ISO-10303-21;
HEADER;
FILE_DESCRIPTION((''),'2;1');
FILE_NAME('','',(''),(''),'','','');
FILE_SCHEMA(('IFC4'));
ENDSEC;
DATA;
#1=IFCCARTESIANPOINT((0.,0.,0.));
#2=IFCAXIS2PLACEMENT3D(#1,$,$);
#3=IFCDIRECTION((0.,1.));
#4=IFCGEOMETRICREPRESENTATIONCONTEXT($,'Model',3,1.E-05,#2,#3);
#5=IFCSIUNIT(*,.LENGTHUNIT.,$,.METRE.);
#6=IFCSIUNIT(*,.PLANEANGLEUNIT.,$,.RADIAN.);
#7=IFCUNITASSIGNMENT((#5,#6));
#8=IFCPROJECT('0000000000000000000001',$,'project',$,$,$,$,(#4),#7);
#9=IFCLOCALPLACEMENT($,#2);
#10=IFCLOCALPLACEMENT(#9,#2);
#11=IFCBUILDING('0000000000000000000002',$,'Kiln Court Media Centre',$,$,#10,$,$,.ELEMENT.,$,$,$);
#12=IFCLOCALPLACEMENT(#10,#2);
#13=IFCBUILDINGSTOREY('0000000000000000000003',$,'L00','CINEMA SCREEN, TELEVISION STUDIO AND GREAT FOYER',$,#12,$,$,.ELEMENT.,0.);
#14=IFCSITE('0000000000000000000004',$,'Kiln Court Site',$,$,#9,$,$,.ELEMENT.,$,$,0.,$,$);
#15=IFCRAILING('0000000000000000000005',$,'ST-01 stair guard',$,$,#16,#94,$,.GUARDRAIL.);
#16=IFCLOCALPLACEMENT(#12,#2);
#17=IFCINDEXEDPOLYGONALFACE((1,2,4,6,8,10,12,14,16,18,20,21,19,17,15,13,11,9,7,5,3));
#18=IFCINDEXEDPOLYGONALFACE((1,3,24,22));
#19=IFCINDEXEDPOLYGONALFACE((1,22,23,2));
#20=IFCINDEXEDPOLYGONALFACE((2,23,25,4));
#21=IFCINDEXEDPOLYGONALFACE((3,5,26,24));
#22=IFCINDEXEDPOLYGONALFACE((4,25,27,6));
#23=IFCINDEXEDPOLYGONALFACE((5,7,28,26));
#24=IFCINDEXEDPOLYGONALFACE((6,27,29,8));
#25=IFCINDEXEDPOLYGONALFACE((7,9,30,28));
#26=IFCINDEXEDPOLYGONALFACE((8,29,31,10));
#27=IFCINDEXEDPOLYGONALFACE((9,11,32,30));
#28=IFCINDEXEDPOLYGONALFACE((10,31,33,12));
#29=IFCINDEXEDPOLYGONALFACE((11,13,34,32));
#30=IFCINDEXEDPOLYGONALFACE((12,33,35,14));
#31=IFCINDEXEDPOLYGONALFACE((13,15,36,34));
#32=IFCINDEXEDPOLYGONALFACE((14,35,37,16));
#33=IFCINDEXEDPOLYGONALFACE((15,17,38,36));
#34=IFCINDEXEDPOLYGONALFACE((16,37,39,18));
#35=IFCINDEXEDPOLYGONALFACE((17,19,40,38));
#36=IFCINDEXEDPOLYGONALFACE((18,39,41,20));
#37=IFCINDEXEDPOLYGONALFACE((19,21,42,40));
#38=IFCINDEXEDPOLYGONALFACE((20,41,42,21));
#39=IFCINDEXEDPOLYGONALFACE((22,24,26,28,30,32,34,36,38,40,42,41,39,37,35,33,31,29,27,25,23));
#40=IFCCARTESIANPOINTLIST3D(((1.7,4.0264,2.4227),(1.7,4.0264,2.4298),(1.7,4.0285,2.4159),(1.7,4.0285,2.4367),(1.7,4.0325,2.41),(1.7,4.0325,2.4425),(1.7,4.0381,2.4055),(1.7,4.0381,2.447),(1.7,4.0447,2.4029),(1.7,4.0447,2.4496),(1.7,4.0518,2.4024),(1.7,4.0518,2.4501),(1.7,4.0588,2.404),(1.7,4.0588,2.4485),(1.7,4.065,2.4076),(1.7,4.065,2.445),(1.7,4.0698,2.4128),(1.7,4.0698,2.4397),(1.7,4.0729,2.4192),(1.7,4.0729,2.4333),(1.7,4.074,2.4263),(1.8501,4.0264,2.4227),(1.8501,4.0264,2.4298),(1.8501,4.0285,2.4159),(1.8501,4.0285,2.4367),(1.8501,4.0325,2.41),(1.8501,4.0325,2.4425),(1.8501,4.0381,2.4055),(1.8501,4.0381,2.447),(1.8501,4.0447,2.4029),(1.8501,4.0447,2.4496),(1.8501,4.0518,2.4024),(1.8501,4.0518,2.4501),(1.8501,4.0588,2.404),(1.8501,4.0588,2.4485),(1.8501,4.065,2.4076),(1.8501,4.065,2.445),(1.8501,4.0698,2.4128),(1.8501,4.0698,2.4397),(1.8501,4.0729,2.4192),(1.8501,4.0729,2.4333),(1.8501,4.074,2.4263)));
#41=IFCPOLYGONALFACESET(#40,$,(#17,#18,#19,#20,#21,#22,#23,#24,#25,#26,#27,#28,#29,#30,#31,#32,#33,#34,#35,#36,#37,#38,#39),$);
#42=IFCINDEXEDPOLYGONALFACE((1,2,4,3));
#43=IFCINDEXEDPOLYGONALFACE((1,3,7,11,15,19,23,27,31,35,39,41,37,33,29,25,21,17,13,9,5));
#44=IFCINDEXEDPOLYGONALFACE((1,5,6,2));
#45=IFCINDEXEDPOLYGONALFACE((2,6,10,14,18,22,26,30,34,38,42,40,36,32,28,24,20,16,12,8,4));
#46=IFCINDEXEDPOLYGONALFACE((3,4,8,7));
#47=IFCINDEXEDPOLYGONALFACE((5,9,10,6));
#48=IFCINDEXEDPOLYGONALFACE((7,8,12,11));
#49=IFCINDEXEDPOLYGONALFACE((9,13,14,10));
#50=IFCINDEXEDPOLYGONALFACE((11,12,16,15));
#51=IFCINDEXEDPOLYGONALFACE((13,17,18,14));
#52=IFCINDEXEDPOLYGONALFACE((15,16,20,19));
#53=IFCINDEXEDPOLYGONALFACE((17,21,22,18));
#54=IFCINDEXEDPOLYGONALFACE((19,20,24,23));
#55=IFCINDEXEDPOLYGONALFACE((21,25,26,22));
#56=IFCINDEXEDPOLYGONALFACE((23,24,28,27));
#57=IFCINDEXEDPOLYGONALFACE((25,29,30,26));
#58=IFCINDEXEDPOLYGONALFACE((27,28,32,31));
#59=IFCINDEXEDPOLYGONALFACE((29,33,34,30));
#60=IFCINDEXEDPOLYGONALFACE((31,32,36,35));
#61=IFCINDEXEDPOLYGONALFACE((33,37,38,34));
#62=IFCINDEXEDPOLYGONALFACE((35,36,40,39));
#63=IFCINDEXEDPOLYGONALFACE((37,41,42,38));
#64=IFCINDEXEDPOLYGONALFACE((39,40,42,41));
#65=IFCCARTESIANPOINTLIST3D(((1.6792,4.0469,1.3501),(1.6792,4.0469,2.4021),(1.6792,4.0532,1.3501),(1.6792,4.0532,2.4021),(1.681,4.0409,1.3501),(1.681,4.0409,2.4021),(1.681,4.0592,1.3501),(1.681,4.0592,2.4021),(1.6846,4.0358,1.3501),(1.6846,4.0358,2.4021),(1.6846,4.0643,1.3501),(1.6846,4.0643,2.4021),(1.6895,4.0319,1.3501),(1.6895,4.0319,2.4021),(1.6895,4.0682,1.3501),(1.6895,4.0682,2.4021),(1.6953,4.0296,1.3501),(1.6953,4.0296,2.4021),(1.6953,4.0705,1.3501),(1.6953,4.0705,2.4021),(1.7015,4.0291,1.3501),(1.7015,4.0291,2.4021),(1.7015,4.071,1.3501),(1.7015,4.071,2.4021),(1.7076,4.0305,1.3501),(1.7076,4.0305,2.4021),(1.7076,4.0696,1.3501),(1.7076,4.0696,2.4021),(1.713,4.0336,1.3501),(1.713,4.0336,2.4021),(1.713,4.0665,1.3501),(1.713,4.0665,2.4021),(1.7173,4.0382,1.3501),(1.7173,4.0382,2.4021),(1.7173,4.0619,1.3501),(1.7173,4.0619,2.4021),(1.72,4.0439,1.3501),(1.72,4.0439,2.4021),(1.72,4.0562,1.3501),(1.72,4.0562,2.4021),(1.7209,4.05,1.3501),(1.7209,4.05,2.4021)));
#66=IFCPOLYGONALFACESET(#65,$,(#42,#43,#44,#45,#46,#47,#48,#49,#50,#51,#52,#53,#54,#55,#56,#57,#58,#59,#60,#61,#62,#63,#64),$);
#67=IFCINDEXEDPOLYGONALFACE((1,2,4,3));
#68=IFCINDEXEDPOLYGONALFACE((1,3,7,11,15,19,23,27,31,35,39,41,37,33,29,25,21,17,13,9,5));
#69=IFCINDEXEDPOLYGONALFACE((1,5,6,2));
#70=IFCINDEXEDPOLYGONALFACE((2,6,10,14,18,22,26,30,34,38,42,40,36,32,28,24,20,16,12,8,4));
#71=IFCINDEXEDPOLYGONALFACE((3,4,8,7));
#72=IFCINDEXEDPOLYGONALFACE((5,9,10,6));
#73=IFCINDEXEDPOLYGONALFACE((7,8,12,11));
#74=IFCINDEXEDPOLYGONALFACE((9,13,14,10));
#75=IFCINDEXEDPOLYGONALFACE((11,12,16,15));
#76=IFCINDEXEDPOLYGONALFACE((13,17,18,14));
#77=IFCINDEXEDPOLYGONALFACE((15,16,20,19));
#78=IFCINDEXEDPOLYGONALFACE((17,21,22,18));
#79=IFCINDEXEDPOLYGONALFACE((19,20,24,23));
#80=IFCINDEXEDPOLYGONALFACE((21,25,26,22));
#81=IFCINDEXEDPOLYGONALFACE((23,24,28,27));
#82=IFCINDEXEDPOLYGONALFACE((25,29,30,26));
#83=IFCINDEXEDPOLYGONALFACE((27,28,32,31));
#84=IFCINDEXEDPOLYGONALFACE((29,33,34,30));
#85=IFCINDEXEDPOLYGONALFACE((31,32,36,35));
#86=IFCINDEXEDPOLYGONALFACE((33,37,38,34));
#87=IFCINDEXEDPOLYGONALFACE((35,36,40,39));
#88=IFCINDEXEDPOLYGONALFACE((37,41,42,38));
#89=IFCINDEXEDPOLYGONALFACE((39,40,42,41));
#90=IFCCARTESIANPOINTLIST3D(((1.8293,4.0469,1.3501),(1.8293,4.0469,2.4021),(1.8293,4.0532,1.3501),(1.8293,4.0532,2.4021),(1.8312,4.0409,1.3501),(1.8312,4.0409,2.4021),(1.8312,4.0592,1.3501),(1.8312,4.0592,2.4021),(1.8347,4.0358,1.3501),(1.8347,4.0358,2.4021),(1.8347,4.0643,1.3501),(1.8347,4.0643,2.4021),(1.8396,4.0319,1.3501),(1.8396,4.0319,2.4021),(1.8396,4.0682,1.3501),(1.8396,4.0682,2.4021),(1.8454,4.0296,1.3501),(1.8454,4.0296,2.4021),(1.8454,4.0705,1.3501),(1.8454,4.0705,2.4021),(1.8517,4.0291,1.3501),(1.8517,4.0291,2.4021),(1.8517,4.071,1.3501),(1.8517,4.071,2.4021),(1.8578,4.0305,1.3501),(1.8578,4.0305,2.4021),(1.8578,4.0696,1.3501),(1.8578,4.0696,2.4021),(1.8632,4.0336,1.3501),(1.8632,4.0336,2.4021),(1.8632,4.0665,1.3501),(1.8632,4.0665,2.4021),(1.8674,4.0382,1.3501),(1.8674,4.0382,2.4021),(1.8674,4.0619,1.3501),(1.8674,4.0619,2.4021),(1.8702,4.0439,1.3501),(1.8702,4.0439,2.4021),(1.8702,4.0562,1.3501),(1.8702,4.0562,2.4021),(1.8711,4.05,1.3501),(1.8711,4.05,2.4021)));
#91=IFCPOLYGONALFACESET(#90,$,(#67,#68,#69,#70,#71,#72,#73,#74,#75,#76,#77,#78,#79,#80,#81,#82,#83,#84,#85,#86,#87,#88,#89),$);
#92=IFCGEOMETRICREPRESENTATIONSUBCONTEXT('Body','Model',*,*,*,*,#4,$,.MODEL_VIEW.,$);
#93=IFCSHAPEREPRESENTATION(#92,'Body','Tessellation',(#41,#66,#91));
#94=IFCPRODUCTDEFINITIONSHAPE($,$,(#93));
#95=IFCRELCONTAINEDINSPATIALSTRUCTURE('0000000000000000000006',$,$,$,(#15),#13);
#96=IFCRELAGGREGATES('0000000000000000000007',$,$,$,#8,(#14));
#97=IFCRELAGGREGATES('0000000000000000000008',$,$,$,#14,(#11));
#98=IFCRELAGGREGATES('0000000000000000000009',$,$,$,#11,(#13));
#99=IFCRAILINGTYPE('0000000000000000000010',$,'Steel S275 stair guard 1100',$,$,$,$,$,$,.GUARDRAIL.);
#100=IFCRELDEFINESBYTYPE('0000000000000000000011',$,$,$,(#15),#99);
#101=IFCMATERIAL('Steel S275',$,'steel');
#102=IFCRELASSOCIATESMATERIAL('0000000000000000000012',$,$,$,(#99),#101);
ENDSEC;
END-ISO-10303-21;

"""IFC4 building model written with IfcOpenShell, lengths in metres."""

from ifc_helpers import new_model, si_unit, direction, frame, origin, origin_2d, place, context, subcontext, project, spatial, circle, extrude, material, type_object, element, save


model = new_model("IFC4")

# Units and contexts
model_context = context("Model", 3, precision=1e-05, world=origin(), true_north=direction((0.0, 1.0)))
body_context = subcontext(model_context, "Body", "Model", "MODEL_VIEW")
ifc_project = project(units=[si_unit("LENGTHUNIT", "METRE"), si_unit("PLANEANGLEUNIT", "RADIAN")], contexts=[model_context])

# Site, building, storey
site_placement = place(None, origin())
site = spatial("IfcSite", under=ifc_project, at=site_placement, Name="Kiln Court Site", CompositionType="ELEMENT", RefElevation=0.0)
building_placement = place(site_placement, origin())
building = spatial("IfcBuilding", under=site, at=building_placement, Name="Kiln Court Media Centre", CompositionType="ELEMENT")
storey_placement = place(building_placement, origin())
storey = spatial("IfcBuildingStorey", under=building, at=storey_placement, Name="L00", Description="CINEMA SCREEN, TELEVISION STUDIO AND GREAT FOYER", CompositionType="ELEMENT", Elevation=0.0)

# Railing
ifc_material_1 = material(Name="Steel S275", Category="steel")
railing_type_1 = type_object("IfcRailingType", Name="Steel S275 stair guard 1100", PredefinedType="GUARDRAIL", material=ifc_material_1)
railing_1_placement = place(storey_placement, frame((1.7, 4.05, 1.3501)))
element("IfcRailing", 1, at=railing_1_placement, inside=storey, type_object=railing_type_1, Name="ST-01 stair guard", PredefinedType="GUARDRAIL", context=body_context, shape_type="SweptSolid", body=[
    extrude(circle(Radius=0.0239, at=origin_2d()), frame((0.0, 0.0, 1.0762), z_axis=(1.0, 0.0, 0.0), x_axis=(0.0, 1.0, 0.0)), (0.0, 0.0, 1.0), 0.1501),
    extrude(circle(Radius=0.021, at=origin_2d()), origin(), (0.0, 0.0, 1.0), 1.052),
    extrude(circle(Radius=0.021, at=origin_2d()), frame((0.1501, 0.0, 0.0)), (0.0, 0.0, 1.0), 1.052),
])

save(model, "model.ifc")
